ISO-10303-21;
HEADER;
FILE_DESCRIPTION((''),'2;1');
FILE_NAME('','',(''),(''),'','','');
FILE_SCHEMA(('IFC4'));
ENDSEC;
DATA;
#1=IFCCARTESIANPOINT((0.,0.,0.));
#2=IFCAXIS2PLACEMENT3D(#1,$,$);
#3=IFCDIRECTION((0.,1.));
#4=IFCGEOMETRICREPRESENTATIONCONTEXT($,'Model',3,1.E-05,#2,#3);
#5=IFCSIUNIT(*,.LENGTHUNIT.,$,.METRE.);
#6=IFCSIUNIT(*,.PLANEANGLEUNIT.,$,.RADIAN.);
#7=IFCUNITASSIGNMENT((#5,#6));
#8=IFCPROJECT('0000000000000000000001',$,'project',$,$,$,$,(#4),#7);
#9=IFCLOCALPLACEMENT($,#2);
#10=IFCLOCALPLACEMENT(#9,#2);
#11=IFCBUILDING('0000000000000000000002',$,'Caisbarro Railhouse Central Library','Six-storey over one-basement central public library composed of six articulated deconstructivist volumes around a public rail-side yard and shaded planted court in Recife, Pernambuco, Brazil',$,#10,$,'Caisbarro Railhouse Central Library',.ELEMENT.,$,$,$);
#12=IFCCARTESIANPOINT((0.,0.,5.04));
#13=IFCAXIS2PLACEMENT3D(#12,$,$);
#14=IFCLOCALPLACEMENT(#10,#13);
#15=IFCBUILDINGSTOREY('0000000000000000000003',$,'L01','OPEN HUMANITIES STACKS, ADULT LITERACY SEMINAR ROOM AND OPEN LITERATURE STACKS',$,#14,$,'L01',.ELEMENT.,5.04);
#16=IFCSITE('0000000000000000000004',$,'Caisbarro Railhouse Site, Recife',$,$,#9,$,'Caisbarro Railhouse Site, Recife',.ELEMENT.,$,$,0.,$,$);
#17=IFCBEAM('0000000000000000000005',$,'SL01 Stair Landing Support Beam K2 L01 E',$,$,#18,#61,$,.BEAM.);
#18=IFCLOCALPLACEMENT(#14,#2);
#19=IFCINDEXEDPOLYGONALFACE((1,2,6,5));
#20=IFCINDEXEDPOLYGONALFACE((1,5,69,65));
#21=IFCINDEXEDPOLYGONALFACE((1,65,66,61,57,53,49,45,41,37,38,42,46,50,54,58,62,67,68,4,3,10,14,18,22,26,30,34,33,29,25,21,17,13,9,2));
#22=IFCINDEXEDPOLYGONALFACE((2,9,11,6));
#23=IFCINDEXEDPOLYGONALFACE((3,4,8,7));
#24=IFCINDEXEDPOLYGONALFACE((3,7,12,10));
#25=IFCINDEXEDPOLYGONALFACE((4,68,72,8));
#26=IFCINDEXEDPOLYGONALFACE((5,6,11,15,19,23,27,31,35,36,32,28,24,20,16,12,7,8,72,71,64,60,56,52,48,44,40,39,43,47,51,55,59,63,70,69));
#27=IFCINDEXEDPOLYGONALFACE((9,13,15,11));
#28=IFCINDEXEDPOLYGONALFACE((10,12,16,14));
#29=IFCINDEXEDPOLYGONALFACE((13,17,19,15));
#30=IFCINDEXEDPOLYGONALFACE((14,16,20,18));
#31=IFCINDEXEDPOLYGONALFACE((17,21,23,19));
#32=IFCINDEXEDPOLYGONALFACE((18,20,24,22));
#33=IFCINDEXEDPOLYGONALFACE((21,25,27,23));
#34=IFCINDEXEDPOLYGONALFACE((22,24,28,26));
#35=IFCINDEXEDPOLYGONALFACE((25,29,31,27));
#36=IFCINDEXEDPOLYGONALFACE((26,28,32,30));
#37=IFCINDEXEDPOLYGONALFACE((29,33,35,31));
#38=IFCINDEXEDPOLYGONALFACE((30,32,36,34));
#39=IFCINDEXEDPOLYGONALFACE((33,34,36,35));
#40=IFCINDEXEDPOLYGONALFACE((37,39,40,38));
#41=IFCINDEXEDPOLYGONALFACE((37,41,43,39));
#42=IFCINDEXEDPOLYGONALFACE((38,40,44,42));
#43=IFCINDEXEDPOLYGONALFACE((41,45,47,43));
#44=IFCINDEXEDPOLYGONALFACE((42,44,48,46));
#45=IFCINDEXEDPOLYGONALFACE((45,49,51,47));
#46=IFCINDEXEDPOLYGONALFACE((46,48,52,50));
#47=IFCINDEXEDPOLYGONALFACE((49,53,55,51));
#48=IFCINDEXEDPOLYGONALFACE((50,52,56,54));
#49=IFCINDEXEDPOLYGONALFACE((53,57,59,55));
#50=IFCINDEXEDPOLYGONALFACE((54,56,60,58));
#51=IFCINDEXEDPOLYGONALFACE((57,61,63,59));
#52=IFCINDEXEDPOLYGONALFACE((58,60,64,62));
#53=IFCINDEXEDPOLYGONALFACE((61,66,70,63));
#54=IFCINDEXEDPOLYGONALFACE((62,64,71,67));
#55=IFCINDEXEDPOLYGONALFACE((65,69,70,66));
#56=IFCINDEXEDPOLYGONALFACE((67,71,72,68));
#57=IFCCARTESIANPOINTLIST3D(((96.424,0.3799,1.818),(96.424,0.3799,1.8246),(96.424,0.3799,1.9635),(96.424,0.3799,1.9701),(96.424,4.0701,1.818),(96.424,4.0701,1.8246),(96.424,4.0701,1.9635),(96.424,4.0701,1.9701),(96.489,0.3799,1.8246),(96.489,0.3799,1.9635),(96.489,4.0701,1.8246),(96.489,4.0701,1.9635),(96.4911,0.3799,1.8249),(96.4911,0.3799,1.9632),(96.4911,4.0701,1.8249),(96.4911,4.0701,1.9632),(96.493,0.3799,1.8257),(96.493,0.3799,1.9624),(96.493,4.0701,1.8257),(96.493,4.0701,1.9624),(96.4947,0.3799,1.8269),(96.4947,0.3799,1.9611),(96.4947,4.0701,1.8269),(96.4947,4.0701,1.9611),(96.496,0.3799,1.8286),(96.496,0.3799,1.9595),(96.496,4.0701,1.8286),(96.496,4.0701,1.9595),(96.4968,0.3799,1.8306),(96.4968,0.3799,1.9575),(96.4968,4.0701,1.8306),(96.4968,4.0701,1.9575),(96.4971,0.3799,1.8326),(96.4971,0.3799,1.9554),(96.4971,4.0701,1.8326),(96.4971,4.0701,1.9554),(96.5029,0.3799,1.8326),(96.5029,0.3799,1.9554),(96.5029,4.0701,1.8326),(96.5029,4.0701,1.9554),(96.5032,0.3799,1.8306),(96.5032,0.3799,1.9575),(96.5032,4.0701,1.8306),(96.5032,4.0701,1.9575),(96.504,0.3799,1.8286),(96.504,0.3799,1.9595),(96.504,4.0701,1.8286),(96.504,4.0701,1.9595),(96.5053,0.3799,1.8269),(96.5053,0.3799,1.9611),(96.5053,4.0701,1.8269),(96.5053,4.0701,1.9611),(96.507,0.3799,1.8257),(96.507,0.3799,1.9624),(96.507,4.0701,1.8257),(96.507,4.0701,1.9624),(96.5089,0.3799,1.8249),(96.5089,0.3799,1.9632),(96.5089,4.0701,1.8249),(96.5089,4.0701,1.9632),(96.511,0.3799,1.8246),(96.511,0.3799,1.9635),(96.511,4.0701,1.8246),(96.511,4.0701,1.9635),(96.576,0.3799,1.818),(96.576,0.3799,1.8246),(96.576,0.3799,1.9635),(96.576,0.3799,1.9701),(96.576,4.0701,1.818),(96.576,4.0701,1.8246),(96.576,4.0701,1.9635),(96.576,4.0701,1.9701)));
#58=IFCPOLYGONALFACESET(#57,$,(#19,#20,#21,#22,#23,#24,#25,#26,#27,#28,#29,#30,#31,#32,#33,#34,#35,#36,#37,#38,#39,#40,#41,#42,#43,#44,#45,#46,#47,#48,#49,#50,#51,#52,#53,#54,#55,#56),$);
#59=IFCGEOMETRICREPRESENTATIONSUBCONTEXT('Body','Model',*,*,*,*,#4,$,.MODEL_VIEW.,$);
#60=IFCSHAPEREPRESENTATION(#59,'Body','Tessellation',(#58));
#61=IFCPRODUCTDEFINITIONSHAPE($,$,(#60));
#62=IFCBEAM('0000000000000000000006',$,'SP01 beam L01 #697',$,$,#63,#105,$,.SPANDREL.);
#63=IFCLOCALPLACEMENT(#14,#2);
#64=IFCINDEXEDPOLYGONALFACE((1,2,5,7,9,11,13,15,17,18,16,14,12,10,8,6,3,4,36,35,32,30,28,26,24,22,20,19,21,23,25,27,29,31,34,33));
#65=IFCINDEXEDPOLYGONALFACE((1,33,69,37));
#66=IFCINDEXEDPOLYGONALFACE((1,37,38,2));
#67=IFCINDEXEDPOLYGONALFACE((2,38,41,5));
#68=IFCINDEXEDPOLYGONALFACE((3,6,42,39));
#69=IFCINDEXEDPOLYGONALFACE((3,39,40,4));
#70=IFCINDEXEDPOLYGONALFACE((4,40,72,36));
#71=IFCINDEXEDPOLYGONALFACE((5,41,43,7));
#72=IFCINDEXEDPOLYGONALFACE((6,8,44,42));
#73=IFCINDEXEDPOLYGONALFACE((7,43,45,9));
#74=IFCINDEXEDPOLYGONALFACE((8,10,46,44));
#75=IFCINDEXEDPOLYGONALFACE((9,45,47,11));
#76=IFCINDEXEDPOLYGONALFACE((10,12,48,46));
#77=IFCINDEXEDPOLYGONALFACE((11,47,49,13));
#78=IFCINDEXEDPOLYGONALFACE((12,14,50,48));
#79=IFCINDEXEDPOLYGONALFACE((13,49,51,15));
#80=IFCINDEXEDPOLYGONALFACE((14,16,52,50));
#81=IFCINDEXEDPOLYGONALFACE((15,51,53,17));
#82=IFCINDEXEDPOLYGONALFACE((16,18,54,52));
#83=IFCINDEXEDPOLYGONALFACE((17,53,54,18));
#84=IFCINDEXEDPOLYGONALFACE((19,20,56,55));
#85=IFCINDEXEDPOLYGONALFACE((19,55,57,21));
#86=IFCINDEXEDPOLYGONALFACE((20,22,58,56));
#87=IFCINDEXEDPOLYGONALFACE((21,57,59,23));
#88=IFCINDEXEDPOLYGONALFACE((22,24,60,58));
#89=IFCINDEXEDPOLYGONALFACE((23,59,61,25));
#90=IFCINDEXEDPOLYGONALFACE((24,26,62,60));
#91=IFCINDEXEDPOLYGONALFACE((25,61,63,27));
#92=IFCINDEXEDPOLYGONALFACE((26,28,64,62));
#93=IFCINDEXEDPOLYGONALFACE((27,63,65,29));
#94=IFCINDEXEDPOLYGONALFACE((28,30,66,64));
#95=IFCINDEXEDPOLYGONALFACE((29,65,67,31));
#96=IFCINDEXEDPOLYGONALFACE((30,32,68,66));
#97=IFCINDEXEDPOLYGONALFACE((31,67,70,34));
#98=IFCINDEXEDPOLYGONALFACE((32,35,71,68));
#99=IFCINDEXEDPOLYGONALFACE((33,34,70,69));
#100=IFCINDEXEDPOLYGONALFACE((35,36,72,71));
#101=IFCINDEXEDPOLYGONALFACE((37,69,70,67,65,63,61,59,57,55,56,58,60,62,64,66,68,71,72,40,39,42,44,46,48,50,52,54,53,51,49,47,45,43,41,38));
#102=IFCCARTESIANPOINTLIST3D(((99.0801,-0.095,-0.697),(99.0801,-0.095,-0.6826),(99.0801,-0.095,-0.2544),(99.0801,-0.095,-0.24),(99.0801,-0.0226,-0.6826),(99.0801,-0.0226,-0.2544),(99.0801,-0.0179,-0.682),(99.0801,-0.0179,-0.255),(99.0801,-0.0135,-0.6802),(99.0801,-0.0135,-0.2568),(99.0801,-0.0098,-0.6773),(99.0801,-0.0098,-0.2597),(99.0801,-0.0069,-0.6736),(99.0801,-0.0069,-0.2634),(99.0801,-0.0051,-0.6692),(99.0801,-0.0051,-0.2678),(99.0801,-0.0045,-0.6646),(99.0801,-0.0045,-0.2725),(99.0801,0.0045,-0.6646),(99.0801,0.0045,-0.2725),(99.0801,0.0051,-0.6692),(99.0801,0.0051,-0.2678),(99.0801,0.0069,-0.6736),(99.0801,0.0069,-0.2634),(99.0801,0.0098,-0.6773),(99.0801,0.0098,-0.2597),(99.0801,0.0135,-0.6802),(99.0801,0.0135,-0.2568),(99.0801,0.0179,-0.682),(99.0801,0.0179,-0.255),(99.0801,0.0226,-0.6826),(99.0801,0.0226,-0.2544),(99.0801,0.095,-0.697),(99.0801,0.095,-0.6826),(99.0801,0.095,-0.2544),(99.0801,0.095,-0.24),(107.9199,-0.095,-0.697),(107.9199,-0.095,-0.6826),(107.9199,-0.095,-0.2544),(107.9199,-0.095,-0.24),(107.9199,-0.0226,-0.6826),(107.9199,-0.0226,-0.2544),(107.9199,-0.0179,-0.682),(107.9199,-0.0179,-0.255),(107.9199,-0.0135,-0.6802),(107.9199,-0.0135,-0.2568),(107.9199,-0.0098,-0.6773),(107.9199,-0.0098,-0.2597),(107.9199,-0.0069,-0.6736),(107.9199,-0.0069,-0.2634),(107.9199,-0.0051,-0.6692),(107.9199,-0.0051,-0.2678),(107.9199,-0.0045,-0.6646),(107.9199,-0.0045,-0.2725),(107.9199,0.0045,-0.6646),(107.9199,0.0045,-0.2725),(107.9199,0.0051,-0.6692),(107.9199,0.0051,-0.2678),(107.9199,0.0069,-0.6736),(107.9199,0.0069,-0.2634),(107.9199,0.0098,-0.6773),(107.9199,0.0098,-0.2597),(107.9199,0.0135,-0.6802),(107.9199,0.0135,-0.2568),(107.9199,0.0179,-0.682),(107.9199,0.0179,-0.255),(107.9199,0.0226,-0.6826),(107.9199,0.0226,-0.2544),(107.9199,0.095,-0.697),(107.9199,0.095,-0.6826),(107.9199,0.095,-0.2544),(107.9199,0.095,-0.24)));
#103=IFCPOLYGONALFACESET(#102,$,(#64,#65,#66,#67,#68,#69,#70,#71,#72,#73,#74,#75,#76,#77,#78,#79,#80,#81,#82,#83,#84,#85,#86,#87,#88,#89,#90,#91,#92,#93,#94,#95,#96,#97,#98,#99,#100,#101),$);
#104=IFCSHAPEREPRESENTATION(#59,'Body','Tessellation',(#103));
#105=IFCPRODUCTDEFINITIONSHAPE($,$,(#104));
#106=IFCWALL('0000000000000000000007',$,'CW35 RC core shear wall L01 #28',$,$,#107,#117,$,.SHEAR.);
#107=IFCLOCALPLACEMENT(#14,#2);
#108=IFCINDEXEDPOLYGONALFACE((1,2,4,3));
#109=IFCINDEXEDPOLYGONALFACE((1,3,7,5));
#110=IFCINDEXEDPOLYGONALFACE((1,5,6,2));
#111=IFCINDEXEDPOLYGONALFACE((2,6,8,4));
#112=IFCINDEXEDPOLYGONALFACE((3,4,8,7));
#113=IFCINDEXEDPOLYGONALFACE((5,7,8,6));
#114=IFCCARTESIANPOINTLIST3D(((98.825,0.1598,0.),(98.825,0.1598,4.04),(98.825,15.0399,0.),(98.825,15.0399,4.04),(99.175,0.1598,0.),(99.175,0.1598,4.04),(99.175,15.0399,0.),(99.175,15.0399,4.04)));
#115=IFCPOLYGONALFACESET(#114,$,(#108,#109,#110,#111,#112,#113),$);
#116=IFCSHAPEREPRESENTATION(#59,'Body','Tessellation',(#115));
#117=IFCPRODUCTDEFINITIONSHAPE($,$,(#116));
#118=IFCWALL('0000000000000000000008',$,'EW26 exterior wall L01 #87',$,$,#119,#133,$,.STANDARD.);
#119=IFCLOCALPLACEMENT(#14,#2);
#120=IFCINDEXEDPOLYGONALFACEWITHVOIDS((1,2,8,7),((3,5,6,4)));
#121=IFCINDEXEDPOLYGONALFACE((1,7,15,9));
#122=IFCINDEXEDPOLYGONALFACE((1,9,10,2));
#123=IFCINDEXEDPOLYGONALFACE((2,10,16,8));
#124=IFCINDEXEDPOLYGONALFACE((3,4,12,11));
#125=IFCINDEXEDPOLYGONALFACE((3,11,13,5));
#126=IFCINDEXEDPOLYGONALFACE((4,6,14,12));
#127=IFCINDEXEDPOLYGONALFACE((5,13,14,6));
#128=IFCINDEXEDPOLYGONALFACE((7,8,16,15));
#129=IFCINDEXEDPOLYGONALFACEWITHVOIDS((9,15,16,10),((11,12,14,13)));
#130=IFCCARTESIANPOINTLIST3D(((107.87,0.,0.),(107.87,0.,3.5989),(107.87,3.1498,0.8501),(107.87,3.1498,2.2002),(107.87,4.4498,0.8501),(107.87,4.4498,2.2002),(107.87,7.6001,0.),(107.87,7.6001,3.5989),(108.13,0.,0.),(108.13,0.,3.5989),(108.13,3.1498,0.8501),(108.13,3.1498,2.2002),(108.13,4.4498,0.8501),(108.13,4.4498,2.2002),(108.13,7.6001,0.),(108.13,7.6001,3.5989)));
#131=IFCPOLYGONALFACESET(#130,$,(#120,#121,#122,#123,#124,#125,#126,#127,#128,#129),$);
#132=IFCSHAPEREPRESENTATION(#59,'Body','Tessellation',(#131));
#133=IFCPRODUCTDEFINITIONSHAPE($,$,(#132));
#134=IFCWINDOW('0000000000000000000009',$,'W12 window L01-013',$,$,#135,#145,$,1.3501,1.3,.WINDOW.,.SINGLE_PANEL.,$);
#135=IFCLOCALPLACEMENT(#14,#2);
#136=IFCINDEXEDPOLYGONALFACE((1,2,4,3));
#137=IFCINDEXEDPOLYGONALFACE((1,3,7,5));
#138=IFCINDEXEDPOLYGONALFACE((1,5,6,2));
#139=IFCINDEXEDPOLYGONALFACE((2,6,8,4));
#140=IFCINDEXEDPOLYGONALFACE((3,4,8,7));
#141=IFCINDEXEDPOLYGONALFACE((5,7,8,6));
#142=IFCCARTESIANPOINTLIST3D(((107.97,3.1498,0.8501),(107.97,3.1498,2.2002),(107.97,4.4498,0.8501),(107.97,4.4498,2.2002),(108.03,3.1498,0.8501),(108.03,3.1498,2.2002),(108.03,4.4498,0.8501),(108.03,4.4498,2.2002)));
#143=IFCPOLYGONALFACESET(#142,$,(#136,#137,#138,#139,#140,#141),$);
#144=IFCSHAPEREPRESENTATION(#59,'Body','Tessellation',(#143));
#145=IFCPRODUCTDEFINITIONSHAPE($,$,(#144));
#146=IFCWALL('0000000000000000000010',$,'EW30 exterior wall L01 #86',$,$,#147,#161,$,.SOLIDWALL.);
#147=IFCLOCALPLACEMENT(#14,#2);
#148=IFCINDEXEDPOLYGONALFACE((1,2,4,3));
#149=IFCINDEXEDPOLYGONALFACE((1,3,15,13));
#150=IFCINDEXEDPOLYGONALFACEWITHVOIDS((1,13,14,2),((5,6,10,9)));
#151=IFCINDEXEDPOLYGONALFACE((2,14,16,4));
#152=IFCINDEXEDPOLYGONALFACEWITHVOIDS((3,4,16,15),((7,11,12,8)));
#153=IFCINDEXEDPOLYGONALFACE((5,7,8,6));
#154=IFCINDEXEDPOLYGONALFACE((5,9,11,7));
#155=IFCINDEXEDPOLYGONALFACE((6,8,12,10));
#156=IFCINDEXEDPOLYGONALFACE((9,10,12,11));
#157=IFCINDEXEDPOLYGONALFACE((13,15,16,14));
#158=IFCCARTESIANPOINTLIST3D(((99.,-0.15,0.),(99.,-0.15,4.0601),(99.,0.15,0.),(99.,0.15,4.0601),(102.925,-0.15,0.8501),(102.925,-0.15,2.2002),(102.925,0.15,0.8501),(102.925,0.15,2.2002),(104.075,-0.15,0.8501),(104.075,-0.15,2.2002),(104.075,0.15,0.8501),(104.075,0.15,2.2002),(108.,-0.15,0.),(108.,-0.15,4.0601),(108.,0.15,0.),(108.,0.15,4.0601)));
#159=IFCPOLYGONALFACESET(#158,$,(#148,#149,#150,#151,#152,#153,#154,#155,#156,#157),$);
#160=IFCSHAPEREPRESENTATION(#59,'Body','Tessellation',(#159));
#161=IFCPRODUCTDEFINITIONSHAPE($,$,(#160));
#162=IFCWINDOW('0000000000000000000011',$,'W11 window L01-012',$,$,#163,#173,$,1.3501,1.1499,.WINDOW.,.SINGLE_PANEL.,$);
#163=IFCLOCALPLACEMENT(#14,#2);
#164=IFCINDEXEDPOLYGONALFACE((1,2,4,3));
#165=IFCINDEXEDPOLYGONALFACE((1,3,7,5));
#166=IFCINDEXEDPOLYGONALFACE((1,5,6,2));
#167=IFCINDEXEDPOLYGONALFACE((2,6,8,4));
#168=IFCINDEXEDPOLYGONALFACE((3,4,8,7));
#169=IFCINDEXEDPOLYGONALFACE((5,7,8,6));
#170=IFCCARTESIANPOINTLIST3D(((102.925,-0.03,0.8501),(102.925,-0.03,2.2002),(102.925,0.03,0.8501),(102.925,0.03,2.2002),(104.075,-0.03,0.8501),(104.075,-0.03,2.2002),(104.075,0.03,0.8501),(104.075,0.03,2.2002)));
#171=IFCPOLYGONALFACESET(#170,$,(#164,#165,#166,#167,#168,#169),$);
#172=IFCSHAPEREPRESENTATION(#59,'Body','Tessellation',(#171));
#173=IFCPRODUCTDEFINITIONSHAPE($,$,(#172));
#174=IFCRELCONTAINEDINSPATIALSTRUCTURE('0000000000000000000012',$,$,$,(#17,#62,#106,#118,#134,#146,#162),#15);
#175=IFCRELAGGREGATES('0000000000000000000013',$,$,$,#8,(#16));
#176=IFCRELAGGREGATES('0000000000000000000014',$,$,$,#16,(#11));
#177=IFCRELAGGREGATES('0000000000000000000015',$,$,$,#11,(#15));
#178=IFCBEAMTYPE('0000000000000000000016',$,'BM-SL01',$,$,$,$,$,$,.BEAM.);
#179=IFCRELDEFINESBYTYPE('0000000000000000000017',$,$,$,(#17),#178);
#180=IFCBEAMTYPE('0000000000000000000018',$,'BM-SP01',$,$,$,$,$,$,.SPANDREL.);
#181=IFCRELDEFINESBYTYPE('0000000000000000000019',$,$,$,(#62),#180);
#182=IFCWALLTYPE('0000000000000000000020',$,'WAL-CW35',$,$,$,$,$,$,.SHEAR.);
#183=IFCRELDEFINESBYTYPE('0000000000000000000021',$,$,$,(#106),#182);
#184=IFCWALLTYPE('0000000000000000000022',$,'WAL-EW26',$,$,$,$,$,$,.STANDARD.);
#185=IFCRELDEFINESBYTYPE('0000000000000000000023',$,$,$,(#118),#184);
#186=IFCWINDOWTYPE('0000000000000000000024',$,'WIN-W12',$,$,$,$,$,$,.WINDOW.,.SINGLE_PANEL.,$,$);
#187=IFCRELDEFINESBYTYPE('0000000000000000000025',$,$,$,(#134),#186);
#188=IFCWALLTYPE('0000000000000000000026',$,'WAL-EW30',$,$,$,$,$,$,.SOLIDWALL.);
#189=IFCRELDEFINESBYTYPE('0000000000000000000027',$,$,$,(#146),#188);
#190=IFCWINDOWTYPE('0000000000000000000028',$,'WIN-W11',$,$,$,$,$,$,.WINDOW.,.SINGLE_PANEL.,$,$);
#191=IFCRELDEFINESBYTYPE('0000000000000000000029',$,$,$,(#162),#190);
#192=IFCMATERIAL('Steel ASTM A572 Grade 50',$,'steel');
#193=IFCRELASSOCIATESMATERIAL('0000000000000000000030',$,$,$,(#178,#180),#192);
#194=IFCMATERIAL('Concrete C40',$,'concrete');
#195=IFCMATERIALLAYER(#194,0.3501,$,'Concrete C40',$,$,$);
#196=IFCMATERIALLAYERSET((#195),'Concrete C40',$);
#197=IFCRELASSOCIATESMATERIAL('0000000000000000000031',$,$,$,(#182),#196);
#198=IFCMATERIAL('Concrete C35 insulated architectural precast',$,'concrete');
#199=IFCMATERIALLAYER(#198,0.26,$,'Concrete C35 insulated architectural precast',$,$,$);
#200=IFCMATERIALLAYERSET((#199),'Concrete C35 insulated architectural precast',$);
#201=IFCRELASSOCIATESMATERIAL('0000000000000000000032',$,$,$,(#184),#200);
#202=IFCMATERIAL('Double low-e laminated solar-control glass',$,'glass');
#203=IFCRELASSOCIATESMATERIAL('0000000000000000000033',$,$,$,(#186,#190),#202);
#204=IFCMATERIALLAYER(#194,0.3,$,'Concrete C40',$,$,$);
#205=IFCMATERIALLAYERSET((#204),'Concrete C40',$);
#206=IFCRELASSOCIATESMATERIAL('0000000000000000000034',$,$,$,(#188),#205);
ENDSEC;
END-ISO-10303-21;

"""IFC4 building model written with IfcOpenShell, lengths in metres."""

from ifc_helpers import new_model, si_unit, direction, frame, frame_2d, origin, origin_2d, place, context, subcontext, project, spatial, rectangle, i_section, extrude, material, layer, layer_set, material_profile, profile_set, type_object, element, fill, save


model = new_model("IFC4")

# Units and contexts
model_context = context("Model", 3, precision=1e-05, world=origin(), true_north=direction((0.0, 1.0)))
body_context = subcontext(model_context, "Body", "Model", "MODEL_VIEW")
ifc_project = project(units=[si_unit("LENGTHUNIT", "METRE"), si_unit("PLANEANGLEUNIT", "RADIAN")], contexts=[model_context])

# Site, building, storey
site_placement = place(None, origin())
site = spatial("IfcSite", under=ifc_project, at=site_placement, Name="Caisbarro Railhouse Site, Recife", LongName="Caisbarro Railhouse Site, Recife", CompositionType="ELEMENT", RefElevation=0.0)
building_placement = place(site_placement, origin())
building = spatial("IfcBuilding", under=site, at=building_placement, Name="Caisbarro Railhouse Central Library", Description="Six-storey over one-basement central public library composed of six articulated deconstructivist volumes around a public rail-side yard and shaded planted court in Recife, Pernambuco, Brazil", LongName="Caisbarro Railhouse Central Library", CompositionType="ELEMENT")
storey_placement = place(building_placement, frame((0.0, 0.0, 5.04)))
storey = spatial("IfcBuildingStorey", under=building, at=storey_placement, Name="L01", Description="OPEN HUMANITIES STACKS, ADULT LITERACY SEMINAR ROOM AND OPEN LITERATURE STACKS", LongName="L01", CompositionType="ELEMENT", Elevation=5.04)

# Shared definitions
ifc_material_1 = material(Name="Steel ASTM A572 Grade 50", Category="steel")

# Beams
ifc_material_profile_1 = material_profile(ifc_material_1, i_section(OverallWidth=0.1521, OverallDepth=0.1521, WebThickness=0.0059, FlangeThickness=0.0066, FilletRadius=0.0081, at=origin_2d()), Name="W150X22.5")
ifc_profile_set_1 = profile_set([ifc_material_profile_1], Name="Steel ASTM A572 Grade 50")
beam_type_1 = type_object("IfcBeamType", Name="BM-SL01", PredefinedType="BEAM", material=ifc_profile_set_1)
beam_1_placement = place(storey_placement, frame((96.5, 0.3799, 1.894), z_axis=(0.0, 1.0, 0.0), x_axis=(-1.0, 0.0, 0.0)))
element("IfcBeam", 1, at=beam_1_placement, inside=storey, type_object=beam_type_1, Name="SL01 Stair Landing Support Beam K2 L01 E", PredefinedType="BEAM", context=body_context, shape_type="SweptSolid", body=[
    extrude(i_section(OverallWidth=0.1521, OverallDepth=0.1521, WebThickness=0.0059, FlangeThickness=0.0066, FilletRadius=0.0081, at=origin_2d()), origin(), (0.0, 0.0, 1.0), 3.6902),
])
ifc_material_profile_2 = material_profile(ifc_material_1, i_section(OverallWidth=0.1899, OverallDepth=0.457, WebThickness=0.009, FlangeThickness=0.0144, FilletRadius=0.0181, at=origin_2d()), Name="W460X74.0")
ifc_profile_set_2 = profile_set([ifc_material_profile_2], Name="Steel ASTM A572 Grade 50")
beam_type_2 = type_object("IfcBeamType", Name="BM-SP01", PredefinedType="SPANDREL", material=ifc_profile_set_2)
beam_2_placement = place(storey_placement, frame((99.0801, 0.0, -0.4685), z_axis=(1.0, 0.0, 0.0), x_axis=(0.0, 1.0, 0.0)))
element("IfcBeam", 2, at=beam_2_placement, inside=storey, type_object=beam_type_2, Name="SP01 beam L01 #697", PredefinedType="SPANDREL", context=body_context, shape_type="SweptSolid", body=[
    extrude(i_section(OverallWidth=0.1899, OverallDepth=0.457, WebThickness=0.009, FlangeThickness=0.0144, FilletRadius=0.0181, at=origin_2d()), origin(), (0.0, 0.0, 1.0), 8.8398),
])

# Wall
ifc_material_2 = material(Name="Concrete C40", Category="concrete")
ifc_layer_1 = layer(ifc_material_2, 0.3501, Name="Concrete C40")
ifc_layer_set_1 = layer_set([ifc_layer_1], Name="Concrete C40")
wall_type_1 = type_object("IfcWallType", Name="WAL-CW35", PredefinedType="SHEAR", material=ifc_layer_set_1)
wall_1_placement = place(storey_placement, frame((99.0, 0.1599, 0.0), z_axis=(0.0, 0.0, 1.0), x_axis=(0.0, 1.0, 0.0)))
element("IfcWall", 3, at=wall_1_placement, inside=storey, type_object=wall_type_1, Name="CW35 RC core shear wall L01 #28", PredefinedType="SHEAR", context=body_context, shape_type="SweptSolid", body=[
    extrude(rectangle(XDim=14.8801, YDim=0.3501, at=frame_2d((7.4399, 0.0))), origin(), (0.0, 0.0, 1.0), 4.04),
])

# Walls, openings, windows
ifc_material_3 = material(Name="Concrete C35 insulated architectural precast", Category="concrete")
ifc_layer_2 = layer(ifc_material_3, 0.26, Name="Concrete C35 insulated architectural precast")
ifc_layer_set_2 = layer_set([ifc_layer_2], Name="Concrete C35 insulated architectural precast")
wall_type_2 = type_object("IfcWallType", Name="WAL-EW26", PredefinedType="STANDARD", material=ifc_layer_set_2)
wall_2_placement = place(storey_placement, frame((108.0, 0.0, 0.0), z_axis=(0.0, 0.0, 1.0), x_axis=(0.0, 1.0, 0.0)))
wall_2 = element("IfcWall", 4, at=wall_2_placement, inside=storey, type_object=wall_type_2, Name="EW26 exterior wall L01 #87", PredefinedType="STANDARD", context=body_context, shape_type="SweptSolid", body=[
    extrude(rectangle(XDim=7.6001, YDim=0.26, at=frame_2d((3.8, 0.0))), origin(), (0.0, 0.0, 1.0), 3.5989),
])
opening_1_placement = place(wall_2_placement, frame((3.1499, 0.0, 0.8501)))
opening_1 = element("IfcOpeningElement", 5, at=opening_1_placement, cuts=wall_2, PredefinedType="OPENING", context=body_context, shape_type="SweptSolid", body=[
    extrude(rectangle(XDim=1.3, YDim=1.3501, at=frame_2d((0.6499, 0.675))), frame((0.0, 0.1401, 0.0), z_axis=(0.0, -1.0, 0.0), x_axis=(1.0, 0.0, 0.0)), (0.0, 0.0, 1.0), 0.28),
])
ifc_material_4 = material(Name="Double low-e laminated solar-control glass", Category="glass")
window_type_1 = type_object("IfcWindowType", Name="WIN-W12", PartitioningType="SINGLE_PANEL", PredefinedType="WINDOW", material=ifc_material_4)
window_1_placement = place(opening_1_placement, origin())
window_1 = element("IfcWindow", 6, at=window_1_placement, inside=storey, type_object=window_type_1, Name="W12 window L01-013", OverallHeight=1.3501, OverallWidth=1.3, PartitioningType="SINGLE_PANEL", PredefinedType="WINDOW", context=body_context, shape_type="SweptSolid", body=[
    extrude(rectangle(XDim=1.3, YDim=1.3501, at=frame_2d((0.6499, 0.675))), frame((0.0, 0.03, 0.0), z_axis=(0.0, -1.0, 0.0), x_axis=(1.0, 0.0, 0.0)), (0.0, 0.0, 1.0), 0.0601),
])
fill(opening_1, window_1)
ifc_layer_3 = layer(ifc_material_2, 0.3, Name="Concrete C40")
ifc_layer_set_3 = layer_set([ifc_layer_3], Name="Concrete C40")
wall_type_3 = type_object("IfcWallType", Name="WAL-EW30", PredefinedType="SOLIDWALL", material=ifc_layer_set_3)
wall_3_placement = place(storey_placement, frame((99.0, 0.0, 0.0), z_axis=(0.0, 0.0, 1.0), x_axis=(1.0, 0.0, 0.0)))
wall_3 = element("IfcWall", 7, at=wall_3_placement, inside=storey, type_object=wall_type_3, Name="EW30 exterior wall L01 #86", PredefinedType="SOLIDWALL", context=body_context, shape_type="SweptSolid", body=[
    extrude(rectangle(XDim=9.0, YDim=0.3, at=frame_2d((4.5, 0.0))), origin(), (0.0, 0.0, 1.0), 4.0601),
])
opening_2_placement = place(wall_3_placement, frame((3.925, 0.0, 0.8501)))
opening_2 = element("IfcOpeningElement", 8, at=opening_2_placement, cuts=wall_3, PredefinedType="OPENING", context=body_context, shape_type="SweptSolid", body=[
    extrude(rectangle(XDim=1.1499, YDim=1.3501, at=frame_2d((0.575, 0.675))), frame((0.0, 0.1602, 0.0), z_axis=(0.0, -1.0, 0.0), x_axis=(1.0, 0.0, 0.0)), (0.0, 0.0, 1.0), 0.3201),
])
window_type_2 = type_object("IfcWindowType", Name="WIN-W11", PartitioningType="SINGLE_PANEL", PredefinedType="WINDOW", material=ifc_material_4)
window_2_placement = place(opening_2_placement, origin())
window_2 = element("IfcWindow", 9, at=window_2_placement, inside=storey, type_object=window_type_2, Name="W11 window L01-012", OverallHeight=1.3501, OverallWidth=1.1499, PartitioningType="SINGLE_PANEL", PredefinedType="WINDOW", context=body_context, shape_type="SweptSolid", body=[
    extrude(rectangle(XDim=1.1499, YDim=1.3501, at=frame_2d((0.575, 0.675))), frame((0.0, 0.03, 0.0), z_axis=(0.0, -1.0, 0.0), x_axis=(1.0, 0.0, 0.0)), (0.0, 0.0, 1.0), 0.0601),
])
fill(opening_2, window_2)

save(model, "model.ifc")
